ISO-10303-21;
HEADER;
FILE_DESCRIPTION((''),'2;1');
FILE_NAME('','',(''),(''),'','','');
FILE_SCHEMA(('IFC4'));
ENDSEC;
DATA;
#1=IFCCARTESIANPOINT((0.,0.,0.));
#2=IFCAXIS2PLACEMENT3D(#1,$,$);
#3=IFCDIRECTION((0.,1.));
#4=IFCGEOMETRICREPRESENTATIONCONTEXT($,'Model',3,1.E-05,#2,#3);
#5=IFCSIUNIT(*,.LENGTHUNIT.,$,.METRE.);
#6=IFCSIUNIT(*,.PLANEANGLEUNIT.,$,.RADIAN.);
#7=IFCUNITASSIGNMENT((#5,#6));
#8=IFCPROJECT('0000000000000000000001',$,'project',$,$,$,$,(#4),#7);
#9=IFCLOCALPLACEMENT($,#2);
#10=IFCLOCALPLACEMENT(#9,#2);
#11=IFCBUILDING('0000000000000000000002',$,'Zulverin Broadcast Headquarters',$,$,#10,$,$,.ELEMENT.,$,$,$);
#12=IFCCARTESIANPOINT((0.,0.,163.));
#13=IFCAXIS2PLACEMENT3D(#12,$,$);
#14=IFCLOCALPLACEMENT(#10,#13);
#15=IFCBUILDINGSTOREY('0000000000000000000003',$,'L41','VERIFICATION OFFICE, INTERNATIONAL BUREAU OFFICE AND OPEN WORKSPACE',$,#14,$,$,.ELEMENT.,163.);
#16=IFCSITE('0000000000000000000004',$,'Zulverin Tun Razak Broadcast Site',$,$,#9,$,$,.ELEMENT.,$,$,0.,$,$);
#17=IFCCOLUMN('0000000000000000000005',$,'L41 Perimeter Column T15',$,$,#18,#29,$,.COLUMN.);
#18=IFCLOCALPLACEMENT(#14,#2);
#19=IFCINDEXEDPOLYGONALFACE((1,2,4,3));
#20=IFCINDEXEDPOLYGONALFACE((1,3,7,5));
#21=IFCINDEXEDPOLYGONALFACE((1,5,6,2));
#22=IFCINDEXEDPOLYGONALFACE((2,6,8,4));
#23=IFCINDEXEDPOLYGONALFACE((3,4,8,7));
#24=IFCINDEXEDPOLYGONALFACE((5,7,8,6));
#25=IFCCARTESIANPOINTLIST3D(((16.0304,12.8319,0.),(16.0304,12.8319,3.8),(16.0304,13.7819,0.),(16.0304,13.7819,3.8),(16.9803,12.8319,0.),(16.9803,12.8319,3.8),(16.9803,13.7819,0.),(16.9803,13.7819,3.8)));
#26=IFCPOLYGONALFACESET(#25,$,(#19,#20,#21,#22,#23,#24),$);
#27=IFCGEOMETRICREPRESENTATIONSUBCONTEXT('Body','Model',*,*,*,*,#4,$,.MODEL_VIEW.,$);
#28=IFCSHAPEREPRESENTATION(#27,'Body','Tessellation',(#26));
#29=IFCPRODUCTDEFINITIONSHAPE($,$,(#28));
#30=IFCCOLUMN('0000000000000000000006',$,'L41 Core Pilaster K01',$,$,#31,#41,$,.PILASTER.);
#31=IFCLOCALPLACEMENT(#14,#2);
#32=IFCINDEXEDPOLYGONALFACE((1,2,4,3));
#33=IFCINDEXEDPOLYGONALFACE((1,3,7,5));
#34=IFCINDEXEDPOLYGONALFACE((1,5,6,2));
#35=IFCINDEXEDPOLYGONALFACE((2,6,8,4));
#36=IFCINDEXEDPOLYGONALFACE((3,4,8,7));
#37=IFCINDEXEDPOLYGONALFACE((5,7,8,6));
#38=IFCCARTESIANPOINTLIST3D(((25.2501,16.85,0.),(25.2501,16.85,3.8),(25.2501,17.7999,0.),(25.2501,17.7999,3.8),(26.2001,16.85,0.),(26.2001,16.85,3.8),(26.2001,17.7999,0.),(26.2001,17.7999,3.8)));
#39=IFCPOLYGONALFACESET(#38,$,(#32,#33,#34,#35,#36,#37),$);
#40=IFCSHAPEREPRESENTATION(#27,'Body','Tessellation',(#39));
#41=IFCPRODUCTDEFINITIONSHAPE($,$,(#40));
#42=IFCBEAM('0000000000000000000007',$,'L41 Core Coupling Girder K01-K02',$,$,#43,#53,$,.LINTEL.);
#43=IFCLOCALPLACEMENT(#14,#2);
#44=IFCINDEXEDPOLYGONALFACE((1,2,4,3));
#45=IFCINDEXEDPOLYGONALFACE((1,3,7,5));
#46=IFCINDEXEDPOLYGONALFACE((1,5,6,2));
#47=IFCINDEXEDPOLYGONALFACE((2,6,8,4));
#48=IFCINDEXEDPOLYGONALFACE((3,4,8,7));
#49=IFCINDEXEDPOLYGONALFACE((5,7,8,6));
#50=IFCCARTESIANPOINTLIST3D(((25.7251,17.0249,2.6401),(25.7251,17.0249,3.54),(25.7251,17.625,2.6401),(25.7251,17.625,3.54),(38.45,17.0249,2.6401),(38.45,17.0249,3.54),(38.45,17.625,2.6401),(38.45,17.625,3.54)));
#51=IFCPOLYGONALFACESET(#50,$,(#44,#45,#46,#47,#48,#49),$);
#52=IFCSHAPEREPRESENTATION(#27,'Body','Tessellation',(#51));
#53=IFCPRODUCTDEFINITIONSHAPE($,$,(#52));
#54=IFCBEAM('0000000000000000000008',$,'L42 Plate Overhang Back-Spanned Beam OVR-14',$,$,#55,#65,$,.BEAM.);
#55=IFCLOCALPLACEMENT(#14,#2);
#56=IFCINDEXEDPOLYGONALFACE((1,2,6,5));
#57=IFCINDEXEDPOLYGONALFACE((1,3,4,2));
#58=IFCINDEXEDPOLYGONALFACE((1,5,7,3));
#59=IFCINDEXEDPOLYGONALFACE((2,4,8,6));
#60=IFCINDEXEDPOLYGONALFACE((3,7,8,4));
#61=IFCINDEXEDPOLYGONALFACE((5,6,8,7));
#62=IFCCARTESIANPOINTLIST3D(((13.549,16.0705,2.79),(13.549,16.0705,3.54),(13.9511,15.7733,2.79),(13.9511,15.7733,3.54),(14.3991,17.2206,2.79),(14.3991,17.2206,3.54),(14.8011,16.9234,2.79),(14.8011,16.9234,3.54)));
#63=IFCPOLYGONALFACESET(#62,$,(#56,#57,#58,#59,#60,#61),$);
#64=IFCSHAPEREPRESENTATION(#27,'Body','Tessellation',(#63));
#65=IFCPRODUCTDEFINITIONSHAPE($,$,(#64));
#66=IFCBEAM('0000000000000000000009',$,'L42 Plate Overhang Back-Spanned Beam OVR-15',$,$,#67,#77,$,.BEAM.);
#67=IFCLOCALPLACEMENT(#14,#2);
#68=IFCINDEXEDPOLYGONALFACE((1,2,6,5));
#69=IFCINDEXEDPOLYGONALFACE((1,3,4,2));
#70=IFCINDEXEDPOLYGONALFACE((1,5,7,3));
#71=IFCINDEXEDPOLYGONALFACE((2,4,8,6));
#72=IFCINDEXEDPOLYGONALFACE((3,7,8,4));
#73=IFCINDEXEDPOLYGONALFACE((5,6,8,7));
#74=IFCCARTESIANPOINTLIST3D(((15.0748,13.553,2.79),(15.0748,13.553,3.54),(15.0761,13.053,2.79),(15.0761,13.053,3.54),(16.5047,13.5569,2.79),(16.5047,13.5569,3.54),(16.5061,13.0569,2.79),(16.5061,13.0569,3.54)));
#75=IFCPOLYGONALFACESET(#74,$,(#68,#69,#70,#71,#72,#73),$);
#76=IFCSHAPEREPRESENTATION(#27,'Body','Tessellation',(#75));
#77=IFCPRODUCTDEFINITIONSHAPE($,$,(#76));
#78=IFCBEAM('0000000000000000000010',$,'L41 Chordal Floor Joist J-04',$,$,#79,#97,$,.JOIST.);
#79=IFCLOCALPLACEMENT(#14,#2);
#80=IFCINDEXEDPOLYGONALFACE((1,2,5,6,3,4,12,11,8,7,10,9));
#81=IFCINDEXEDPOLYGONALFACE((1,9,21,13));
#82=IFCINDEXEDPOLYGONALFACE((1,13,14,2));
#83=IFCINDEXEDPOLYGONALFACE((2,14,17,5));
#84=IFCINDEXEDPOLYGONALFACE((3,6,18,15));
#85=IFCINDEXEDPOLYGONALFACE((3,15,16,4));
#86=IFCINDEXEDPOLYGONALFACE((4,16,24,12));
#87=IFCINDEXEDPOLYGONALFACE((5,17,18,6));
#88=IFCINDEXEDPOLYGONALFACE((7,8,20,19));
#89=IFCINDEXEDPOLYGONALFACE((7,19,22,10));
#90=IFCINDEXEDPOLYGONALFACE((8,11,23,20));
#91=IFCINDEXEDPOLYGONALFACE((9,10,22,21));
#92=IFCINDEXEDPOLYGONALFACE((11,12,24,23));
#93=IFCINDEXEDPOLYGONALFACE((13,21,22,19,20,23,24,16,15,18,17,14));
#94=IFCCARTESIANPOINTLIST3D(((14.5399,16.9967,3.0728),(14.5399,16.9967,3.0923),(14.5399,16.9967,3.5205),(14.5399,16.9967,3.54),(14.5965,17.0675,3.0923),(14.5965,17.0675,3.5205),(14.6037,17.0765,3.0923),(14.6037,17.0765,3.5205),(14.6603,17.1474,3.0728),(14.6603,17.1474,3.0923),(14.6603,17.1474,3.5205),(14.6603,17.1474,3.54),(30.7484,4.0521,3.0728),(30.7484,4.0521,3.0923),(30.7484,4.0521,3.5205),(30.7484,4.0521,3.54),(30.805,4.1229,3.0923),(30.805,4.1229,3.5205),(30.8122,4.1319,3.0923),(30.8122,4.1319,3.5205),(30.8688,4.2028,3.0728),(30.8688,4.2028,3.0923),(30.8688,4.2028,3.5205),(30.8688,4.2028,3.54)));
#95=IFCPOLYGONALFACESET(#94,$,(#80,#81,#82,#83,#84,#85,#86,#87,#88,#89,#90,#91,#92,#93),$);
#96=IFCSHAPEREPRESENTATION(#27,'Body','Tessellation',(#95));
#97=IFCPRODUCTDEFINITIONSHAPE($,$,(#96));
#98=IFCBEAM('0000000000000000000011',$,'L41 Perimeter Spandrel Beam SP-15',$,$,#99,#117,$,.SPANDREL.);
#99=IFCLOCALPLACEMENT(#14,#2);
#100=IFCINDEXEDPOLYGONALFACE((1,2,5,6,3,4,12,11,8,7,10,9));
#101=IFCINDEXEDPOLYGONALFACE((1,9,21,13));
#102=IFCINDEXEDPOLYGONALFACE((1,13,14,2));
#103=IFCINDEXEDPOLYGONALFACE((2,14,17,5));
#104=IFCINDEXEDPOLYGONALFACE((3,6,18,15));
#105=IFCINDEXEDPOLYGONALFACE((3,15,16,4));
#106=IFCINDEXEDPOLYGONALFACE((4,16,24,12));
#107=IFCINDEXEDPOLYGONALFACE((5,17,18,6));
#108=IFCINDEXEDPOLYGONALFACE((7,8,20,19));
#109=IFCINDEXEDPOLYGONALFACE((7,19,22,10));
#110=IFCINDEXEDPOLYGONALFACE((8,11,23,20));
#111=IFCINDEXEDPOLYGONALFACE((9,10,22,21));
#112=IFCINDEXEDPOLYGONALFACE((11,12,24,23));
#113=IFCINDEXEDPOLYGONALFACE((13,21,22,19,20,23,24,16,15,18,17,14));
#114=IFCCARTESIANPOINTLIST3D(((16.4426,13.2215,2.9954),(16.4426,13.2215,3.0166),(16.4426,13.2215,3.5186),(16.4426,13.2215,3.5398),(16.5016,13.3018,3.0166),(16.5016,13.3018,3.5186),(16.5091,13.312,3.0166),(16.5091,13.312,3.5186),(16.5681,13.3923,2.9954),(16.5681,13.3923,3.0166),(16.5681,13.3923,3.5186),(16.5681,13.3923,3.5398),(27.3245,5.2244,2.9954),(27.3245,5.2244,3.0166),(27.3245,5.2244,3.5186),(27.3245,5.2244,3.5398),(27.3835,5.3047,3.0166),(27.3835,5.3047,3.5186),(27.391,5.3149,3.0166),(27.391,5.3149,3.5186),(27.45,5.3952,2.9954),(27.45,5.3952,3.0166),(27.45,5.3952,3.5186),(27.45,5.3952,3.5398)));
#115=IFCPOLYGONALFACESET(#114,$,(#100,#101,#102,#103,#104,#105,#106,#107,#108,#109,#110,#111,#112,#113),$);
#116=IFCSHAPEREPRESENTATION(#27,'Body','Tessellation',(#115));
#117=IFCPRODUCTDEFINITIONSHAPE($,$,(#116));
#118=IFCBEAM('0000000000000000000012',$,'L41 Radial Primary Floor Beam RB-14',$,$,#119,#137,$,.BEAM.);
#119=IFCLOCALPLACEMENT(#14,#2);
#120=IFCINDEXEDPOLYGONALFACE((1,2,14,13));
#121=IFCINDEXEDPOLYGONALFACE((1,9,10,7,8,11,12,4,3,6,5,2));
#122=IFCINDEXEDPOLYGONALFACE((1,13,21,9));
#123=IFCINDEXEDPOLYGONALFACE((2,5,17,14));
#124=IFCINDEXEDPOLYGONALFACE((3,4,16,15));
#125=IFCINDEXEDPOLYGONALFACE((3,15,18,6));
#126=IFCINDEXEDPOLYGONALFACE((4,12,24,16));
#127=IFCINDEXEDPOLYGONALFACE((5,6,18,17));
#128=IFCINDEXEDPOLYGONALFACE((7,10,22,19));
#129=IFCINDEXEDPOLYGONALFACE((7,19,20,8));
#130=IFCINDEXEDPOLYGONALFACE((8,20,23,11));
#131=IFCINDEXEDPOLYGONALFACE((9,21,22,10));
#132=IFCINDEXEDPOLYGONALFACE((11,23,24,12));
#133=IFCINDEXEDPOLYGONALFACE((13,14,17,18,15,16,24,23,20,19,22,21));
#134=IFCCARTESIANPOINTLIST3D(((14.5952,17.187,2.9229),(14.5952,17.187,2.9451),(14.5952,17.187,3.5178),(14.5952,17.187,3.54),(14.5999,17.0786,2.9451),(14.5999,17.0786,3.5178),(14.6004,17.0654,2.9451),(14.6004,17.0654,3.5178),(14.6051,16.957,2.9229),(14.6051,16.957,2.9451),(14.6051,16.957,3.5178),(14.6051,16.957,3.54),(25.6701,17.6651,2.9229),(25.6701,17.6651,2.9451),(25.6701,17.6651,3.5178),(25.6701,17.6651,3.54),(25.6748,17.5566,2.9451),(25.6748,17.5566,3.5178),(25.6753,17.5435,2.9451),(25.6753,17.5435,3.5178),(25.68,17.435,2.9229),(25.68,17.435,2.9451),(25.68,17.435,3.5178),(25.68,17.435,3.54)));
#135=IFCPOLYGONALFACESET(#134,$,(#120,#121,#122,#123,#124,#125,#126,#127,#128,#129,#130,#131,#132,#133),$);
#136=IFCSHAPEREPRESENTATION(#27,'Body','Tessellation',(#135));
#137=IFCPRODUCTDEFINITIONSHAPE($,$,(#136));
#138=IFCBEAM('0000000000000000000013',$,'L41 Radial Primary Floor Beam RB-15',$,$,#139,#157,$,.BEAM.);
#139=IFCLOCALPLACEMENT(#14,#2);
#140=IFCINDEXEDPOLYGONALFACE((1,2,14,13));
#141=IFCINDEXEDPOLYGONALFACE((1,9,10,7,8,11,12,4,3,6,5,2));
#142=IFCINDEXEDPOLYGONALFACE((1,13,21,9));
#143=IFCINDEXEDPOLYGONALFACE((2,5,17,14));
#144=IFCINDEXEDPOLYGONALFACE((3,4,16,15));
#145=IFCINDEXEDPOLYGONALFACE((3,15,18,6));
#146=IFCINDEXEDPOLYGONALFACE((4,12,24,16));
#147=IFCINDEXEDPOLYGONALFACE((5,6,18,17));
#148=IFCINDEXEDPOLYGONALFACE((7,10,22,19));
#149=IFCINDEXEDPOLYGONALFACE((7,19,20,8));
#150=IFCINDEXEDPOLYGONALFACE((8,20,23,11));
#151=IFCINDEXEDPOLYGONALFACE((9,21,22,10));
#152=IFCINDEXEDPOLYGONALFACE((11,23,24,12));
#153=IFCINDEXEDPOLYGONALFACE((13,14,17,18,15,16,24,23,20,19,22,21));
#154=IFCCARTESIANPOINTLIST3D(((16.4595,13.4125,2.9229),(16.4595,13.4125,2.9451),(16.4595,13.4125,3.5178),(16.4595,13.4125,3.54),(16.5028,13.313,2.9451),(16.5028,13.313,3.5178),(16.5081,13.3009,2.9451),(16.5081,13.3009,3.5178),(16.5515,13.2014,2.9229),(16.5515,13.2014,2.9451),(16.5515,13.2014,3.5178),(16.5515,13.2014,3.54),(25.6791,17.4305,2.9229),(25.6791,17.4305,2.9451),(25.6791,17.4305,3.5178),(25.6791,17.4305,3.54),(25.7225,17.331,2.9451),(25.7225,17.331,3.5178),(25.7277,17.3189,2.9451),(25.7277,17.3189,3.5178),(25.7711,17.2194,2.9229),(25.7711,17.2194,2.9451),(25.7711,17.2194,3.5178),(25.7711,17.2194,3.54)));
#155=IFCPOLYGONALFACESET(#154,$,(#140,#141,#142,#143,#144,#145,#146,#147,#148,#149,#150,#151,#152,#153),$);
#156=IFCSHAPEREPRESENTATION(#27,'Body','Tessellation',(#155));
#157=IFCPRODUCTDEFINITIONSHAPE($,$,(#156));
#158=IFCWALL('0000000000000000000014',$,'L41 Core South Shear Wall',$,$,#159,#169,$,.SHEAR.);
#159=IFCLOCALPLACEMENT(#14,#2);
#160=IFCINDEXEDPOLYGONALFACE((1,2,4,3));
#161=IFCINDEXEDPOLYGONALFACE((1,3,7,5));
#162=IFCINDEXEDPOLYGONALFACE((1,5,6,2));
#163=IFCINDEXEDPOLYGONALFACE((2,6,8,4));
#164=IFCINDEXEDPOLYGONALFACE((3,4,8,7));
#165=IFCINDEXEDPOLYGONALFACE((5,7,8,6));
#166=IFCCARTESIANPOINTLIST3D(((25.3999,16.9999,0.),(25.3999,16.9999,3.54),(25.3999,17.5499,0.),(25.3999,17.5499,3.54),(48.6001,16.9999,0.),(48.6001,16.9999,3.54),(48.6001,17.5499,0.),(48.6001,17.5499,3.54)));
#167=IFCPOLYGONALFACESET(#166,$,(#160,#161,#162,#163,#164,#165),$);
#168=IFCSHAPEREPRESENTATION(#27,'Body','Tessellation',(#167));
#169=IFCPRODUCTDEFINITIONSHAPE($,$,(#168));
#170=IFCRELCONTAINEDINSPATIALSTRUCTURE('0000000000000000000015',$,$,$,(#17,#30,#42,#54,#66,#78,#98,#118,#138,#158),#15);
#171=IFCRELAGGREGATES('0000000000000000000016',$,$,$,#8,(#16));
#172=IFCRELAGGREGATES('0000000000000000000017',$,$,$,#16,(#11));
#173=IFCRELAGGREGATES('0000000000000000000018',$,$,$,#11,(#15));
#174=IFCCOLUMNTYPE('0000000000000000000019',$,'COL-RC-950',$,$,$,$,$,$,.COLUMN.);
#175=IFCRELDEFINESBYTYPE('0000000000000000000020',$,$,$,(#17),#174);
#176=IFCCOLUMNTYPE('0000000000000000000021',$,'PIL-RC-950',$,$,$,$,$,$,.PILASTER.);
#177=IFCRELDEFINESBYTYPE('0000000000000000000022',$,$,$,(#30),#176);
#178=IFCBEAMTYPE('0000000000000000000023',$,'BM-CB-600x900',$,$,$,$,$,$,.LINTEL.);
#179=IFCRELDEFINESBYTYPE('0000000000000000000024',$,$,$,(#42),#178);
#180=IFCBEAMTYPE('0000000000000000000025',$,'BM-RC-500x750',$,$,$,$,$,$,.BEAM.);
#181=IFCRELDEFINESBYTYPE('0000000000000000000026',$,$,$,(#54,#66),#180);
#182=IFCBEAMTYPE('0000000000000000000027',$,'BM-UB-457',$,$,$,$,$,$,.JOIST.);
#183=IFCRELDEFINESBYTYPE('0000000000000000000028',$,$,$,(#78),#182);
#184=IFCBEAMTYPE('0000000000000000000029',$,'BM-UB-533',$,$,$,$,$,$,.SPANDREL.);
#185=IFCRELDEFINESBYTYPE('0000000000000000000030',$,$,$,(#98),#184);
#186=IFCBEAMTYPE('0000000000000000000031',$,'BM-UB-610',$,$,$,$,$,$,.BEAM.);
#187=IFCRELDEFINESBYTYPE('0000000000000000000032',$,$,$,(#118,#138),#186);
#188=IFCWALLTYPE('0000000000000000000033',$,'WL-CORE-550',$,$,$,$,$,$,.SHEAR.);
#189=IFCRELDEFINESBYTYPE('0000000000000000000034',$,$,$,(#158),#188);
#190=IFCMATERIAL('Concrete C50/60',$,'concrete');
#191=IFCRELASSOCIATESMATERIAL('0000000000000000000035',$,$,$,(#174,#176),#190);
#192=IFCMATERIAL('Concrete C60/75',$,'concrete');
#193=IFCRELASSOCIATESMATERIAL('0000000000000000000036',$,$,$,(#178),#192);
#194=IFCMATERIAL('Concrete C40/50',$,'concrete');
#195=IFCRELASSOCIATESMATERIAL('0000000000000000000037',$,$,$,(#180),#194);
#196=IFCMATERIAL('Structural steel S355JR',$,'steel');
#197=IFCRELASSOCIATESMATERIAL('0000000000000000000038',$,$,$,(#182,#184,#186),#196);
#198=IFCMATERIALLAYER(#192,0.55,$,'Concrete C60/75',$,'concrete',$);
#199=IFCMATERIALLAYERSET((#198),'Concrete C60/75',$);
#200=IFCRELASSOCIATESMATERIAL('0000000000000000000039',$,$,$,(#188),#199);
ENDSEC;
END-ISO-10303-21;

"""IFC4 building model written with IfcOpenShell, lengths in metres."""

from ifc_helpers import new_model, si_unit, direction, frame, frame_2d, origin, origin_2d, place, context, subcontext, project, spatial, rectangle, i_section, extrude, material, layer, layer_set, material_profile, profile_set, type_object, element, save


model = new_model("IFC4")

# Units and contexts
model_context = context("Model", 3, precision=1e-05, world=origin(), true_north=direction((0.0, 1.0)))
body_context = subcontext(model_context, "Body", "Model", "MODEL_VIEW")
ifc_project = project(units=[si_unit("LENGTHUNIT", "METRE"), si_unit("PLANEANGLEUNIT", "RADIAN")], contexts=[model_context])

# Site, building, storey
site_placement = place(None, origin())
site = spatial("IfcSite", under=ifc_project, at=site_placement, Name="Zulverin Tun Razak Broadcast Site", CompositionType="ELEMENT", RefElevation=0.0)
building_placement = place(site_placement, origin())
building = spatial("IfcBuilding", under=site, at=building_placement, Name="Zulverin Broadcast Headquarters", CompositionType="ELEMENT")
storey_placement = place(building_placement, frame((0.0, 0.0, 163.0)))
storey = spatial("IfcBuildingStorey", under=building, at=storey_placement, Name="L41", Description="VERIFICATION OFFICE, INTERNATIONAL BUREAU OFFICE AND OPEN WORKSPACE", CompositionType="ELEMENT", Elevation=163.0)

# Columns
ifc_material_1 = material(Name="Concrete C50/60", Category="concrete")
ifc_material_profile_1 = material_profile(ifc_material_1, rectangle(XDim=0.95, YDim=0.95, at=origin_2d()), Name="Concrete C50/60", Category="concrete")
ifc_profile_set_1 = profile_set([ifc_material_profile_1], Name="Concrete C50/60")
column_type_1 = type_object("IfcColumnType", Name="COL-RC-950", PredefinedType="COLUMN", material=ifc_profile_set_1)
column_1_placement = place(storey_placement, frame((16.5054, 13.3069, 0.0), z_axis=(0.0, 0.0, 1.0), x_axis=(1.0, 0.0, 0.0)))
element("IfcColumn", 1, at=column_1_placement, inside=storey, type_object=column_type_1, Name="L41 Perimeter Column T15", PredefinedType="COLUMN", context=body_context, shape_type="SweptSolid", body=[
    extrude(rectangle(XDim=0.95, YDim=0.95, at=origin_2d()), origin(), (0.0, 0.0, 1.0), 3.8),
])
ifc_material_profile_2 = material_profile(ifc_material_1, rectangle(XDim=0.95, YDim=0.95, at=origin_2d()), Name="Concrete C50/60", Category="concrete")
ifc_profile_set_2 = profile_set([ifc_material_profile_2], Name="Concrete C50/60")
column_type_2 = type_object("IfcColumnType", Name="PIL-RC-950", PredefinedType="PILASTER", material=ifc_profile_set_2)
column_2_placement = place(storey_placement, frame((25.7251, 17.325, 0.0), z_axis=(0.0, 0.0, 1.0), x_axis=(1.0, 0.0, 0.0)))
element("IfcColumn", 2, at=column_2_placement, inside=storey, type_object=column_type_2, Name="L41 Core Pilaster K01", PredefinedType="PILASTER", context=body_context, shape_type="SweptSolid", body=[
    extrude(rectangle(XDim=0.95, YDim=0.95, at=origin_2d()), origin(), (0.0, 0.0, 1.0), 3.8),
])

# Beams
ifc_material_2 = material(Name="Concrete C60/75", Category="concrete")
ifc_material_profile_3 = material_profile(ifc_material_2, rectangle(XDim=0.6001, YDim=0.8999, at=origin_2d()), Name="Concrete C60/75", Category="concrete")
ifc_profile_set_3 = profile_set([ifc_material_profile_3], Name="Concrete C60/75")
beam_type_1 = type_object("IfcBeamType", Name="BM-CB-600x900", PredefinedType="LINTEL", material=ifc_profile_set_3)
beam_1_placement = place(storey_placement, frame((25.7251, 17.325, 3.0901), z_axis=(1.0, 0.0, 0.0), x_axis=(0.0, 1.0, 0.0)))
element("IfcBeam", 3, at=beam_1_placement, inside=storey, type_object=beam_type_1, Name="L41 Core Coupling Girder K01-K02", PredefinedType="LINTEL", context=body_context, shape_type="SweptSolid", body=[
    extrude(rectangle(XDim=0.6001, YDim=0.8999, at=origin_2d()), origin(), (0.0, 0.0, 1.0), 12.7249),
])
ifc_material_3 = material(Name="Concrete C40/50", Category="concrete")
ifc_material_profile_4 = material_profile(ifc_material_3, rectangle(XDim=0.5, YDim=0.75, at=origin_2d()), Name="Concrete C40/50", Category="concrete")
ifc_profile_set_4 = profile_set([ifc_material_profile_4], Name="Concrete C40/50")
beam_type_2 = type_object("IfcBeamType", Name="BM-RC-500x750", PredefinedType="BEAM", material=ifc_profile_set_4)
beam_2_placement = place(storey_placement, frame((14.6001, 17.072, 3.165), z_axis=(-0.594386, -0.80418, 0.0), x_axis=(0.80418, -0.594386, 0.0)))
element("IfcBeam", 4, at=beam_2_placement, inside=storey, type_object=beam_type_2, Name="L42 Plate Overhang Back-Spanned Beam OVR-14", PredefinedType="BEAM", context=body_context, shape_type="SweptSolid", body=[
    extrude(rectangle(XDim=0.5, YDim=0.75, at=origin_2d()), origin(), (0.0, 0.0, 1.0), 1.4302),
])
beam_3_placement = place(storey_placement, frame((16.5054, 13.3069, 3.165), z_axis=(-0.999996, -0.002732, 0.0), x_axis=(0.002732, -0.999996, 0.0)))
element("IfcBeam", 5, at=beam_3_placement, inside=storey, type_object=beam_type_2, Name="L42 Plate Overhang Back-Spanned Beam OVR-15", PredefinedType="BEAM", context=body_context, shape_type="SweptSolid", body=[
    extrude(rectangle(XDim=0.5, YDim=0.75, at=origin_2d()), origin(), (0.0, 0.0, 1.0), 1.4299),
])
ifc_material_4 = material(Name="Structural steel S355JR", Category="steel")
ifc_material_profile_5 = material_profile(ifc_material_4, i_section(OverallWidth=0.1929, OverallDepth=0.4673, WebThickness=0.0115, FlangeThickness=0.0195, at=origin_2d()), Name="Structural steel S355JR", Category="steel")
ifc_profile_set_5 = profile_set([ifc_material_profile_5], Name="Structural steel S355JR")
beam_type_3 = type_object("IfcBeamType", Name="BM-UB-457", PredefinedType="JOIST", material=ifc_profile_set_5)
beam_4_placement = place(storey_placement, frame((14.6001, 17.072, 3.3064), z_axis=(0.781391, -0.624042, 0.0), x_axis=(0.624042, 0.781391, 0.0)))
element("IfcBeam", 6, at=beam_4_placement, inside=storey, type_object=beam_type_3, Name="L41 Chordal Floor Joist J-04", PredefinedType="JOIST", context=body_context, shape_type="SweptSolid", body=[
    extrude(i_section(OverallWidth=0.1929, OverallDepth=0.4673, WebThickness=0.0115, FlangeThickness=0.0195, at=origin_2d()), origin(), (0.0, 0.0, 1.0), 20.7432),
])
ifc_material_profile_6 = material_profile(ifc_material_4, i_section(OverallWidth=0.2119, OverallDepth=0.5444, WebThickness=0.0127, FlangeThickness=0.0212, at=origin_2d()), Name="Structural steel S355JR", Category="steel")
ifc_profile_set_6 = profile_set([ifc_material_profile_6], Name="Structural steel S355JR")
beam_type_4 = type_object("IfcBeamType", Name="BM-UB-533", PredefinedType="SPANDREL", material=ifc_profile_set_6)
beam_5_placement = place(storey_placement, frame((16.5054, 13.3069, 3.2676), z_axis=(0.805802, -0.592185, 0.0), x_axis=(0.592185, 0.805802, 0.0)))
element("IfcBeam", 7, at=beam_5_placement, inside=storey, type_object=beam_type_4, Name="L41 Perimeter Spandrel Beam SP-15", PredefinedType="SPANDREL", context=body_context, shape_type="SweptSolid", body=[
    extrude(i_section(OverallWidth=0.2119, OverallDepth=0.5444, WebThickness=0.0127, FlangeThickness=0.0212, at=origin_2d()), origin(), (0.0, 0.0, 1.0), 13.5044),
])
ifc_material_profile_7 = material_profile(ifc_material_4, i_section(OverallWidth=0.2302, OverallDepth=0.6172, WebThickness=0.0132, FlangeThickness=0.0222, at=origin_2d()), Name="Structural steel S355JR", Category="steel")
ifc_profile_set_7 = profile_set([ifc_material_profile_7], Name="Structural steel S355JR")
beam_type_5 = type_object("IfcBeamType", Name="BM-UB-610", PredefinedType="BEAM", material=ifc_profile_set_7)
beam_6_placement = place(storey_placement, frame((25.675, 17.55, 3.2314), z_axis=(-0.99907, -0.043123, 0.0), x_axis=(0.043123, -0.99907, 0.0)))
element("IfcBeam", 8, at=beam_6_placement, inside=storey, type_object=beam_type_5, Name="L41 Radial Primary Floor Beam RB-14", PredefinedType="BEAM", context=body_context, shape_type="SweptSolid", body=[
    extrude(i_section(OverallWidth=0.2302, OverallDepth=0.6172, WebThickness=0.0132, FlangeThickness=0.0222, at=origin_2d()), origin(), (0.0, 0.0, 1.0), 11.0852),
])
beam_7_placement = place(storey_placement, frame((25.7251, 17.325, 3.2314), z_axis=(-0.916725, -0.39952, 0.0), x_axis=(0.39952, -0.916725, 0.0)))
element("IfcBeam", 9, at=beam_7_placement, inside=storey, type_object=beam_type_5, Name="L41 Radial Primary Floor Beam RB-15", PredefinedType="BEAM", context=body_context, shape_type="SweptSolid", body=[
    extrude(i_section(OverallWidth=0.2302, OverallDepth=0.6172, WebThickness=0.0132, FlangeThickness=0.0222, at=origin_2d()), origin(), (0.0, 0.0, 1.0), 10.0571),
])

# Wall
ifc_layer_1 = layer(ifc_material_2, 0.55, Name="Concrete C60/75", Category="concrete")
ifc_layer_set_1 = layer_set([ifc_layer_1], Name="Concrete C60/75")
wall_type_1 = type_object("IfcWallType", Name="WL-CORE-550", PredefinedType="SHEAR", material=ifc_layer_set_1)
wall_1_placement = place(storey_placement, frame((25.3999, 17.2749, 0.0), z_axis=(0.0, 0.0, 1.0), x_axis=(1.0, 0.0, 0.0)))
element("IfcWall", 10, at=wall_1_placement, inside=storey, type_object=wall_type_1, Name="L41 Core South Shear Wall", PredefinedType="SHEAR", context=body_context, shape_type="SweptSolid", body=[
    extrude(rectangle(XDim=23.2002, YDim=0.55, at=frame_2d((11.6001, 0.0))), origin(), (0.0, 0.0, 1.0), 3.54),
])

save(model, "model.ifc")
